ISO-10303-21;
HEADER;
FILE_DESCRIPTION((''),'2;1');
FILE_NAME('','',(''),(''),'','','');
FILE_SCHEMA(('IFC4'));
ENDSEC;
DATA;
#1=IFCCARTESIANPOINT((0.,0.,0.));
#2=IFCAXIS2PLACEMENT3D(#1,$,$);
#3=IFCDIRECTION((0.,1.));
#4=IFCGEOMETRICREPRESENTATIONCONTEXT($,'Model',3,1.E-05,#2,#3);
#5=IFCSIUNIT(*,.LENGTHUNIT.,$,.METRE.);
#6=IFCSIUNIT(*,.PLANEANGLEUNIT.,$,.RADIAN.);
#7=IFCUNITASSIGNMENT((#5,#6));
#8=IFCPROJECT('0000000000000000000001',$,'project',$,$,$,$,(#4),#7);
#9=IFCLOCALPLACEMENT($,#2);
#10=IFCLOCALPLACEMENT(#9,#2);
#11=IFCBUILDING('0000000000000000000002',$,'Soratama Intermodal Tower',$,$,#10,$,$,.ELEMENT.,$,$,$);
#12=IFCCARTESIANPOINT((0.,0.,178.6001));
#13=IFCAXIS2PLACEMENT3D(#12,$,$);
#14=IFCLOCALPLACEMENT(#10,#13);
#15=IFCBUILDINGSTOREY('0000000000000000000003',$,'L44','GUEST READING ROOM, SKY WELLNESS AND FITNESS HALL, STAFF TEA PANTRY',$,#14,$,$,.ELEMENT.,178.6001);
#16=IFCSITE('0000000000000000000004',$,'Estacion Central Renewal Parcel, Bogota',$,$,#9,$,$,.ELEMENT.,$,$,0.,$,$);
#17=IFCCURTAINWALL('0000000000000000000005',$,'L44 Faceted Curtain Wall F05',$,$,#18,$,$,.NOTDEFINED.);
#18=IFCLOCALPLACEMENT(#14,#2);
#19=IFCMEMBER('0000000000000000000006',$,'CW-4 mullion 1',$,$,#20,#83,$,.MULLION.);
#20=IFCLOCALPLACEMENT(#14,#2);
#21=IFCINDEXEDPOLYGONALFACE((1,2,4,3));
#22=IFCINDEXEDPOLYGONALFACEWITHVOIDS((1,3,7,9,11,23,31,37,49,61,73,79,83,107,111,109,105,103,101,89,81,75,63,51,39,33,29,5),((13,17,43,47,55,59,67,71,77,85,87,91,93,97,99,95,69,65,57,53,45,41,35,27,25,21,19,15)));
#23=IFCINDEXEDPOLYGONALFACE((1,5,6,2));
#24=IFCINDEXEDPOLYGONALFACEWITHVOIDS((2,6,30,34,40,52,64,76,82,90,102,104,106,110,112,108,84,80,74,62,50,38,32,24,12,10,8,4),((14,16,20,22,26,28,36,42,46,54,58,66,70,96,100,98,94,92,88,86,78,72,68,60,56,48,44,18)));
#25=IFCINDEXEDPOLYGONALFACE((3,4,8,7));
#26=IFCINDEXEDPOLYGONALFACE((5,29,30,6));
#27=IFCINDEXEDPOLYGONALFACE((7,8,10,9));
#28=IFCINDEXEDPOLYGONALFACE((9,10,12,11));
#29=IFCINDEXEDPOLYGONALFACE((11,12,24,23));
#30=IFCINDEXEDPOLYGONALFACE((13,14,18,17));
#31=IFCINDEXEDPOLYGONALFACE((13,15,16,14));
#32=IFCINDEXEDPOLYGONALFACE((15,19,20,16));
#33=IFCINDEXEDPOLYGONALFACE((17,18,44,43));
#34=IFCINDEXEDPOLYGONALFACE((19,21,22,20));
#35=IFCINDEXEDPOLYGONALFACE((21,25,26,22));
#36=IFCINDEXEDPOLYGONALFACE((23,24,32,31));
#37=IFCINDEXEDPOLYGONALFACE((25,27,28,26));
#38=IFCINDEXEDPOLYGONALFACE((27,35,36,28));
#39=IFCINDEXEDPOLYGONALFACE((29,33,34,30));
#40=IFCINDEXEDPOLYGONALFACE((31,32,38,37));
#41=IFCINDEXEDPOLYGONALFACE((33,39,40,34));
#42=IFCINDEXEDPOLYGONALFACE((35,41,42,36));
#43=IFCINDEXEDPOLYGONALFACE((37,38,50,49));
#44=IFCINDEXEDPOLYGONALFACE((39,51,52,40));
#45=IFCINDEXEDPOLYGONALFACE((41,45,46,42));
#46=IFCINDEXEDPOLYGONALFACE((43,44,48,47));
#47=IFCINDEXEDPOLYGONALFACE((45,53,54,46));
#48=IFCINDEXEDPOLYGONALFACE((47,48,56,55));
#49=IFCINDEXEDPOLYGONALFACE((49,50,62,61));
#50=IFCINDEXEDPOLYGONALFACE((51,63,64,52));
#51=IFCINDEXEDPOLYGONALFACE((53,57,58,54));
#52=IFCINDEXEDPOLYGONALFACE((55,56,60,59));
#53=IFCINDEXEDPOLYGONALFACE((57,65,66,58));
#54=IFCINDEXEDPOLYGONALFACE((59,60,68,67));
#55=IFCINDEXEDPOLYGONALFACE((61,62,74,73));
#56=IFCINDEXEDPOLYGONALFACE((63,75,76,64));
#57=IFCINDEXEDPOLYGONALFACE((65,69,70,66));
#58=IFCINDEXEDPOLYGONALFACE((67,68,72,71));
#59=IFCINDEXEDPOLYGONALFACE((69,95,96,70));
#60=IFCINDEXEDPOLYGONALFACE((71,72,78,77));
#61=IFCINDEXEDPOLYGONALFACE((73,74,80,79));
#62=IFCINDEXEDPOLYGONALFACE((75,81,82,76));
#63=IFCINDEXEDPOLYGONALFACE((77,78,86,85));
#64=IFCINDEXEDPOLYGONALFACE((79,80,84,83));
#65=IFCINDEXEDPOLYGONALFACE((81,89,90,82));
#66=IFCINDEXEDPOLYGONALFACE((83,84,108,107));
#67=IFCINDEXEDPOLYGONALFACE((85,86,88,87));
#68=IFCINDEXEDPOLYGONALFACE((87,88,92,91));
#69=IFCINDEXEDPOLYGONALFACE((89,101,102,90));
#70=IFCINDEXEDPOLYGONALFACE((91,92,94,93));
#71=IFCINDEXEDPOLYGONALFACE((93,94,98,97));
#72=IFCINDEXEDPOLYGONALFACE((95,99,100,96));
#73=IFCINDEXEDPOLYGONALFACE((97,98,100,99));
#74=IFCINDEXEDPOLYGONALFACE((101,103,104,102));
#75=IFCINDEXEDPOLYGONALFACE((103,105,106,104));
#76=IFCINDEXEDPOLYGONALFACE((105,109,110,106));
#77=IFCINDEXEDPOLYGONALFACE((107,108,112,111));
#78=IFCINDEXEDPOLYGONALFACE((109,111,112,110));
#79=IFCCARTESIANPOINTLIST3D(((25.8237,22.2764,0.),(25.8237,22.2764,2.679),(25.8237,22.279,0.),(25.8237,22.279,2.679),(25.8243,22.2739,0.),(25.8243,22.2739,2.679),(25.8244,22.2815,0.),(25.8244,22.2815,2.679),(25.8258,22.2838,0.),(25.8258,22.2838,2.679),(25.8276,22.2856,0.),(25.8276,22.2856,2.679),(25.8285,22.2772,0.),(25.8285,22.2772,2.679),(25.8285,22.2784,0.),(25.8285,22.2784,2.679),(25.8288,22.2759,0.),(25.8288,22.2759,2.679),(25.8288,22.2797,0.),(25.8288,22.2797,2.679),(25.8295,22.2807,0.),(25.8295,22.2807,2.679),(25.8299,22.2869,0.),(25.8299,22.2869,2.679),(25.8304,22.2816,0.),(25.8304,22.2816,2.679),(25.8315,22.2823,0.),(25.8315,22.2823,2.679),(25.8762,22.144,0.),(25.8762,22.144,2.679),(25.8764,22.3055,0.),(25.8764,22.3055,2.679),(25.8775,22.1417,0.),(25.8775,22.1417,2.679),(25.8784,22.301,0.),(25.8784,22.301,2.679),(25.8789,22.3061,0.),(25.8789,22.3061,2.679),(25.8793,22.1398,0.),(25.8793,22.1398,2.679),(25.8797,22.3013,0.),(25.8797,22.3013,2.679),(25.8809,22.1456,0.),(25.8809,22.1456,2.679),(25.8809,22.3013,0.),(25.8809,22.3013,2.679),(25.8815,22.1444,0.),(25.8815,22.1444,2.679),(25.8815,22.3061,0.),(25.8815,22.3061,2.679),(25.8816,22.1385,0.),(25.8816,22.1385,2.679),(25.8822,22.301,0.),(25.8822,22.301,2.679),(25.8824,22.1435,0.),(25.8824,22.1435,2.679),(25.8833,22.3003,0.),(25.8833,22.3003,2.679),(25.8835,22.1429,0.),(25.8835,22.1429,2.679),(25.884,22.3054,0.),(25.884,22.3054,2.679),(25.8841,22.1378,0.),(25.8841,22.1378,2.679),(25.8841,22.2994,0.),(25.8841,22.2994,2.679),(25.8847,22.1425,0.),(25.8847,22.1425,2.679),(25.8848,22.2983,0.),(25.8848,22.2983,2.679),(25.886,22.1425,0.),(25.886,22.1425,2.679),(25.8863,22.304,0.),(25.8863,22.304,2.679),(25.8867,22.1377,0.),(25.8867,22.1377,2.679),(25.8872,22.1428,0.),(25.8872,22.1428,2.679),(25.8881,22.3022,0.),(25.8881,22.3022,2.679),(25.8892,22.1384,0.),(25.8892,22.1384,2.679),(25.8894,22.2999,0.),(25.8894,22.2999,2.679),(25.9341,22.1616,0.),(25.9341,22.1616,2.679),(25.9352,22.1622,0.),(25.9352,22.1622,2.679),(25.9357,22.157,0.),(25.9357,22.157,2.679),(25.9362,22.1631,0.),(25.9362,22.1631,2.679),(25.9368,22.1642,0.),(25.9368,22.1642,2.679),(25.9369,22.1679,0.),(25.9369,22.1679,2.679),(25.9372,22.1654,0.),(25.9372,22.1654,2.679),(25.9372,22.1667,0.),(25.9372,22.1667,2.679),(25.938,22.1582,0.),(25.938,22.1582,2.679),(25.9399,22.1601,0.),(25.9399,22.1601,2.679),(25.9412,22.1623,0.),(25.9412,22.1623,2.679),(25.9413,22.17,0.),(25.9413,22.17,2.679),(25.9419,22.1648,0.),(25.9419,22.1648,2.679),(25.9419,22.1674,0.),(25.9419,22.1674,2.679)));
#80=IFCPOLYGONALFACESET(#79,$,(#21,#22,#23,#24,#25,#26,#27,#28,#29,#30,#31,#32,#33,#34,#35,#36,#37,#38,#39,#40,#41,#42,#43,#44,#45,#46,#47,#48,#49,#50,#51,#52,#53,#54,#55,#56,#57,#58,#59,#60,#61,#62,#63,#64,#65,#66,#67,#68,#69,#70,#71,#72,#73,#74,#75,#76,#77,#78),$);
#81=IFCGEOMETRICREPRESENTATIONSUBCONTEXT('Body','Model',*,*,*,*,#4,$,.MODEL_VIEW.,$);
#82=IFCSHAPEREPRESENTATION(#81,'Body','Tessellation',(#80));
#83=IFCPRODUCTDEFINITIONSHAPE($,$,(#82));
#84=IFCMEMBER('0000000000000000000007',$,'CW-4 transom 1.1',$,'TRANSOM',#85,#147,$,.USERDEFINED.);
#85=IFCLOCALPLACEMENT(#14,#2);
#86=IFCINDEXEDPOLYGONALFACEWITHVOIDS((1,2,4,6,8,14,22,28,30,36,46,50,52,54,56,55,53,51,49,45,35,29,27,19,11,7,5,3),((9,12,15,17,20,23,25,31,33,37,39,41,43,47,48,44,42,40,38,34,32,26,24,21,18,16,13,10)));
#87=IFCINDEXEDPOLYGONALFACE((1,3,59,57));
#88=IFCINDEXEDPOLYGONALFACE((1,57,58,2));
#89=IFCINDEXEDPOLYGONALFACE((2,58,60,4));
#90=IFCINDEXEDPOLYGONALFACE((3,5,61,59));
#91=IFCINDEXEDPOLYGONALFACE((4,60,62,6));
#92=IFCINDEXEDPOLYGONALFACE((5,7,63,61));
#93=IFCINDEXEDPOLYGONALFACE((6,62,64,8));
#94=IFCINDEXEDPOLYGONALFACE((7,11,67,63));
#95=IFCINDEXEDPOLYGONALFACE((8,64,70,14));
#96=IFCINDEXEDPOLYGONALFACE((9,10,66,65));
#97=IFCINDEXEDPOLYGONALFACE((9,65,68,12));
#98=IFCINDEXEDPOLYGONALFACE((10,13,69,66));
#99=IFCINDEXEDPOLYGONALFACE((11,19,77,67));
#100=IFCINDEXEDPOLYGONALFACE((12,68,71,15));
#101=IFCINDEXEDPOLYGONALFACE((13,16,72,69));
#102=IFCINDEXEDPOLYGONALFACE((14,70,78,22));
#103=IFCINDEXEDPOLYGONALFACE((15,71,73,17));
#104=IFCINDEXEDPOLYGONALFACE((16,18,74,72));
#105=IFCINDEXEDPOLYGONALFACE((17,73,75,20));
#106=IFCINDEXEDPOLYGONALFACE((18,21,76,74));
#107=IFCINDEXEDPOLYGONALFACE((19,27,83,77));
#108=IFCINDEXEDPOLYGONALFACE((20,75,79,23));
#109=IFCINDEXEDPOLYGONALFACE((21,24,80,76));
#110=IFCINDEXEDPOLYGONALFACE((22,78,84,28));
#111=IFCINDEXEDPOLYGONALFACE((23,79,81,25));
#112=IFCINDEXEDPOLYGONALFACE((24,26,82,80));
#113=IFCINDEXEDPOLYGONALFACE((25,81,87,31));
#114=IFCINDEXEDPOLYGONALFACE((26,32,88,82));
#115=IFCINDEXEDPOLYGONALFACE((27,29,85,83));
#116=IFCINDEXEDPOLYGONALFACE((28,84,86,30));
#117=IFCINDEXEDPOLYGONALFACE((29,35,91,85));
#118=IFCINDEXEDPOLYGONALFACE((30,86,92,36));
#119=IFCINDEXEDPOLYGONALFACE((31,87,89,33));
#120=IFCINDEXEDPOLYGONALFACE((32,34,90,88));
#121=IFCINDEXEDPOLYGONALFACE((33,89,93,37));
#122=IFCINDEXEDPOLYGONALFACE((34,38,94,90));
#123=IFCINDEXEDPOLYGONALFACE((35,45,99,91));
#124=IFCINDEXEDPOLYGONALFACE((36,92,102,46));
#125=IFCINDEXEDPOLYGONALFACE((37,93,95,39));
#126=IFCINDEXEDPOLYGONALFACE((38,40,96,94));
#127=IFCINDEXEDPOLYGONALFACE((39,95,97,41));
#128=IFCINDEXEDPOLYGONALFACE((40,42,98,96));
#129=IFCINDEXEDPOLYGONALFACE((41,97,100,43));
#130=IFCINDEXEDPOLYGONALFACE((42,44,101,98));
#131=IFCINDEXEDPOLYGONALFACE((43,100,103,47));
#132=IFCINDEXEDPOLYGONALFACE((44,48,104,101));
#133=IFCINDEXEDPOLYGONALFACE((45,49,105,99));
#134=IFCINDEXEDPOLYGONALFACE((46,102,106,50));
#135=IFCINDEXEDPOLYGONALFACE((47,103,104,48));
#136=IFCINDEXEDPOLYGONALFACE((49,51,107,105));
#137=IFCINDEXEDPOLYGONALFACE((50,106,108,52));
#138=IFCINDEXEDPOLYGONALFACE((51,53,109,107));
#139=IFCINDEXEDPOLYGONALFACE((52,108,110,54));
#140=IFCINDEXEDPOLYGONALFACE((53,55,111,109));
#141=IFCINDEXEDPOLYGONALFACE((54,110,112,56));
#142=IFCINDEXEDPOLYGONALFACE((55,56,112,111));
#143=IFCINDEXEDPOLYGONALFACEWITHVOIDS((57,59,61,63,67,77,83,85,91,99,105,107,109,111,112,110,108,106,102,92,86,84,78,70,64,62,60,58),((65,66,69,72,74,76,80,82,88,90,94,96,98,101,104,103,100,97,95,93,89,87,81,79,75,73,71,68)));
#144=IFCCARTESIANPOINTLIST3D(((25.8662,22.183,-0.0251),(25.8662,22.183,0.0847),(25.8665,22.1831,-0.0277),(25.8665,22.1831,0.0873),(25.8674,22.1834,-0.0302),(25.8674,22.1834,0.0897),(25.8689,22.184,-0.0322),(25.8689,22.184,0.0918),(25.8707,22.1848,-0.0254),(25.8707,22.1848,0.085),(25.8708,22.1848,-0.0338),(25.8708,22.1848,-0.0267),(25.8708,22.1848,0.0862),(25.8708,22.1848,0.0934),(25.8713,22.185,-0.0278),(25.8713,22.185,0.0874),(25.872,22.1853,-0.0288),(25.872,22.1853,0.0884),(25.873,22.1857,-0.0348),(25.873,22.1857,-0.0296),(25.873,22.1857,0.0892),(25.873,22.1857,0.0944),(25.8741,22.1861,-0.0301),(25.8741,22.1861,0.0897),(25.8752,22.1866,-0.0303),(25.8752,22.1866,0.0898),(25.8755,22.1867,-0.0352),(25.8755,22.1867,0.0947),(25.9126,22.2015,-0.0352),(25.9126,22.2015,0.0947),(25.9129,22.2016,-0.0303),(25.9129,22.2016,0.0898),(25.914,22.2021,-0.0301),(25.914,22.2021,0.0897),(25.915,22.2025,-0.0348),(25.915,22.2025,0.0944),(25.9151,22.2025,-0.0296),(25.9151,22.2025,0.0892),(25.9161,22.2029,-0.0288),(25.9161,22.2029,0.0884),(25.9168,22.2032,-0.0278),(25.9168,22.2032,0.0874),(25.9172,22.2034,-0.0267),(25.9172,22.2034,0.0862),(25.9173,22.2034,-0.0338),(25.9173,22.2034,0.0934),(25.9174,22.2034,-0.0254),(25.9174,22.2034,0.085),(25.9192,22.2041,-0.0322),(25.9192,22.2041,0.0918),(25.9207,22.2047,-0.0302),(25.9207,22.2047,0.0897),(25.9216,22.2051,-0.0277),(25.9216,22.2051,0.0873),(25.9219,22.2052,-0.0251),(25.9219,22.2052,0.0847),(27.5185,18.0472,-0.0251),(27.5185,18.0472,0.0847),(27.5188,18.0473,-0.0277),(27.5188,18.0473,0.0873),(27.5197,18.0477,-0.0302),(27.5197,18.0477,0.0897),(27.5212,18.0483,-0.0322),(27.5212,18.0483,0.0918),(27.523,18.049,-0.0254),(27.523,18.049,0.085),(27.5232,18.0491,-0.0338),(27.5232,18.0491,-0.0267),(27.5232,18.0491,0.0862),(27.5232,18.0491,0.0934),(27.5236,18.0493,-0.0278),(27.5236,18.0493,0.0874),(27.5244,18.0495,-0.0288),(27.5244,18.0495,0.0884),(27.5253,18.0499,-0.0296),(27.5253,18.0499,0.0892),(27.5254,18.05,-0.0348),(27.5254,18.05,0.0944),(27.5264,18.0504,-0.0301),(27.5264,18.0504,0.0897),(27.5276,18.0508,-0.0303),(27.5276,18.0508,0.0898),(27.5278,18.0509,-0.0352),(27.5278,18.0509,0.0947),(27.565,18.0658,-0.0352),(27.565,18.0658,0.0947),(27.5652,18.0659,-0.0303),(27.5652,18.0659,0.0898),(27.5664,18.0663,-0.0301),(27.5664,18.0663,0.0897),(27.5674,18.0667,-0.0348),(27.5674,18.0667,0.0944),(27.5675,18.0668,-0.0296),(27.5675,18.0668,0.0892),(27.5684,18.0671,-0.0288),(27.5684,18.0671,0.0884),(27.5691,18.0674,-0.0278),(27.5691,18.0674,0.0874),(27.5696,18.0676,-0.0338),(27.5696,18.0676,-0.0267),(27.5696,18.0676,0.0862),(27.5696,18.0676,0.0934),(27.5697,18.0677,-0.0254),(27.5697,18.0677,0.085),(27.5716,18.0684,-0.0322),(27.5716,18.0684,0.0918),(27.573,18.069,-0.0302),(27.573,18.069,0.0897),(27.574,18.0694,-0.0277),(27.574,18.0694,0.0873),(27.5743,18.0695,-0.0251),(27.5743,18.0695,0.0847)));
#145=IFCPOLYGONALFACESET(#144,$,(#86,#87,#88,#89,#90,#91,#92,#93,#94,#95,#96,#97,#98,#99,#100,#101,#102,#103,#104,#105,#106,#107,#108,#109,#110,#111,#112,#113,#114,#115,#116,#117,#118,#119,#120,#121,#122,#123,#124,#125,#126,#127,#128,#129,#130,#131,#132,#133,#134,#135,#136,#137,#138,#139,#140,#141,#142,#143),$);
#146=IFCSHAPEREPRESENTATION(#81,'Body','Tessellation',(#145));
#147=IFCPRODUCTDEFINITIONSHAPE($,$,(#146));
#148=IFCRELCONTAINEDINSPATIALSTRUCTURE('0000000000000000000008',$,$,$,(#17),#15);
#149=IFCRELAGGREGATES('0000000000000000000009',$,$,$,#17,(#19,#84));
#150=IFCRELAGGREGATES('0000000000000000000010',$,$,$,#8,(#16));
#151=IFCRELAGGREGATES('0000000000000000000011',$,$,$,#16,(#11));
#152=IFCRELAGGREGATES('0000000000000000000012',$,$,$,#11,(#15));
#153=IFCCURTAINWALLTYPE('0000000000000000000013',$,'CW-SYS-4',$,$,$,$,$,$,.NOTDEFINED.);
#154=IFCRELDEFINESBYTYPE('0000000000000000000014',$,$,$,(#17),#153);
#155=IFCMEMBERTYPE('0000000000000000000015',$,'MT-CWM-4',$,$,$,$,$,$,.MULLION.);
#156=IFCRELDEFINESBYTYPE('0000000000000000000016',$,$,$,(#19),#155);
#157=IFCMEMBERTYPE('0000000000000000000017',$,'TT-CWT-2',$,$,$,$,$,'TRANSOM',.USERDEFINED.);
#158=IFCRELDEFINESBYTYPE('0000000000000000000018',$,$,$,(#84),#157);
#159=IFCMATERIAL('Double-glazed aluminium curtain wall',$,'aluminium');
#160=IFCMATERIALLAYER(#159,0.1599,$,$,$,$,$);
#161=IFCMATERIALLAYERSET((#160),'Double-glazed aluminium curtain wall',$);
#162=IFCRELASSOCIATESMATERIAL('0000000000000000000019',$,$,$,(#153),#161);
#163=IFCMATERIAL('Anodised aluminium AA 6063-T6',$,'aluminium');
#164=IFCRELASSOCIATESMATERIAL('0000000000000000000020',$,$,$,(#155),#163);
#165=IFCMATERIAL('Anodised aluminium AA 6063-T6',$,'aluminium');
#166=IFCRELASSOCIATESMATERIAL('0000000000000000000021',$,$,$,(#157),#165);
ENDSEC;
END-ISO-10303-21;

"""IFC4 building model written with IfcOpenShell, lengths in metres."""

from ifc_helpers import new_model, si_unit, direction, frame, origin, origin_2d, place, context, subcontext, project, spatial, hollow_rectangle, extrude, material, layer, layer_set, material_profile, profile_set, type_object, element, aggregate, save


model = new_model("IFC4")

# Units and contexts
model_context = context("Model", 3, precision=1e-05, world=origin(), true_north=direction((0.0, 1.0)))
body_context = subcontext(model_context, "Body", "Model", "MODEL_VIEW")
ifc_project = project(units=[si_unit("LENGTHUNIT", "METRE"), si_unit("PLANEANGLEUNIT", "RADIAN")], contexts=[model_context])

# Site, building, storey
site_placement = place(None, origin())
site = spatial("IfcSite", under=ifc_project, at=site_placement, Name="Estacion Central Renewal Parcel, Bogota", CompositionType="ELEMENT", RefElevation=0.0)
building_placement = place(site_placement, origin())
building = spatial("IfcBuilding", under=site, at=building_placement, Name="Soratama Intermodal Tower", CompositionType="ELEMENT")
storey_placement = place(building_placement, frame((0.0, 0.0, 178.6001)))
storey = spatial("IfcBuildingStorey", under=building, at=storey_placement, Name="L44", Description="GUEST READING ROOM, SKY WELLNESS AND FITNESS HALL, STAFF TEA PANTRY", CompositionType="ELEMENT", Elevation=178.6001)

# Curtain wall, members
ifc_material_1 = material(Name="Double-glazed aluminium curtain wall", Category="aluminium")
ifc_layer_1 = layer(ifc_material_1, 0.1599)
ifc_layer_set_1 = layer_set([ifc_layer_1], Name="Double-glazed aluminium curtain wall")
curtain_wall_type = type_object("IfcCurtainWallType", Name="CW-SYS-4", PredefinedType="NOTDEFINED", material=ifc_layer_set_1)
curtain_wall_placement = place(storey_placement, origin())
curtain_wall = element("IfcCurtainWall", 1, at=curtain_wall_placement, inside=storey, type_object=curtain_wall_type, Name="L44 Faceted Curtain Wall F05", PredefinedType="NOTDEFINED")
ifc_material_2 = material(Name="Anodised aluminium AA 6063-T6", Category="aluminium")
ifc_material_profile_1 = material_profile(ifc_material_2, hollow_rectangle(XDim=0.0701, YDim=0.1599, WallThickness=0.0049, InnerFilletRadius=0.0049, OuterFilletRadius=0.01, at=origin_2d()), Name="CWM160X70X5")
ifc_profile_set_1 = profile_set([ifc_material_profile_1], Name="Anodised aluminium AA 6063-T6")
member_type_1 = type_object("IfcMemberType", Name="MT-CWM-4", PredefinedType="MULLION", material=ifc_profile_set_1)
member_1_placement = place(storey_placement, frame((25.8828, 22.2219, 0.0), z_axis=(0.0, 0.0, 1.0), x_axis=(0.928618, 0.371038, 0.0)))
member_1 = element("IfcMember", 2, at=member_1_placement, type_object=member_type_1, Name="CW-4 mullion 1", PredefinedType="MULLION", context=body_context, shape_type="SweptSolid", body=[
    extrude(hollow_rectangle(XDim=0.0701, YDim=0.1599, WallThickness=0.0049, InnerFilletRadius=0.0049, OuterFilletRadius=0.01, at=origin_2d()), origin(), (0.0, 0.0, 1.0), 2.679),
])
ifc_material_3 = material(Name="Anodised aluminium AA 6063-T6", Category="aluminium")
ifc_material_profile_2 = material_profile(ifc_material_3, hollow_rectangle(XDim=0.0601, YDim=0.1299, WallThickness=0.0049, InnerFilletRadius=0.0049, OuterFilletRadius=0.01, at=origin_2d()), Name="CWT130X60X5")
ifc_profile_set_2 = profile_set([ifc_material_profile_2], Name="Anodised aluminium AA 6063-T6")
member_type_2 = type_object("IfcMemberType", Name="TT-CWT-2", ElementType="TRANSOM", PredefinedType="USERDEFINED", material=ifc_profile_set_2)
member_2_placement = place(storey_placement, frame((25.894, 22.1941, 0.0298), z_axis=(0.371013, -0.928628, 0.0), x_axis=(0.928628, 0.371013, 0.0)))
member_2 = element("IfcMember", 3, at=member_2_placement, type_object=member_type_2, Name="CW-4 transom 1.1", ObjectType="TRANSOM", PredefinedType="USERDEFINED", context=body_context, shape_type="SweptSolid", body=[
    extrude(hollow_rectangle(XDim=0.0601, YDim=0.1299, WallThickness=0.0049, InnerFilletRadius=0.0049, OuterFilletRadius=0.01, at=origin_2d()), origin(), (0.0, 0.0, 1.0), 4.4536),
])
aggregate(curtain_wall, [member_1, member_2])

save(model, "model.ifc")
